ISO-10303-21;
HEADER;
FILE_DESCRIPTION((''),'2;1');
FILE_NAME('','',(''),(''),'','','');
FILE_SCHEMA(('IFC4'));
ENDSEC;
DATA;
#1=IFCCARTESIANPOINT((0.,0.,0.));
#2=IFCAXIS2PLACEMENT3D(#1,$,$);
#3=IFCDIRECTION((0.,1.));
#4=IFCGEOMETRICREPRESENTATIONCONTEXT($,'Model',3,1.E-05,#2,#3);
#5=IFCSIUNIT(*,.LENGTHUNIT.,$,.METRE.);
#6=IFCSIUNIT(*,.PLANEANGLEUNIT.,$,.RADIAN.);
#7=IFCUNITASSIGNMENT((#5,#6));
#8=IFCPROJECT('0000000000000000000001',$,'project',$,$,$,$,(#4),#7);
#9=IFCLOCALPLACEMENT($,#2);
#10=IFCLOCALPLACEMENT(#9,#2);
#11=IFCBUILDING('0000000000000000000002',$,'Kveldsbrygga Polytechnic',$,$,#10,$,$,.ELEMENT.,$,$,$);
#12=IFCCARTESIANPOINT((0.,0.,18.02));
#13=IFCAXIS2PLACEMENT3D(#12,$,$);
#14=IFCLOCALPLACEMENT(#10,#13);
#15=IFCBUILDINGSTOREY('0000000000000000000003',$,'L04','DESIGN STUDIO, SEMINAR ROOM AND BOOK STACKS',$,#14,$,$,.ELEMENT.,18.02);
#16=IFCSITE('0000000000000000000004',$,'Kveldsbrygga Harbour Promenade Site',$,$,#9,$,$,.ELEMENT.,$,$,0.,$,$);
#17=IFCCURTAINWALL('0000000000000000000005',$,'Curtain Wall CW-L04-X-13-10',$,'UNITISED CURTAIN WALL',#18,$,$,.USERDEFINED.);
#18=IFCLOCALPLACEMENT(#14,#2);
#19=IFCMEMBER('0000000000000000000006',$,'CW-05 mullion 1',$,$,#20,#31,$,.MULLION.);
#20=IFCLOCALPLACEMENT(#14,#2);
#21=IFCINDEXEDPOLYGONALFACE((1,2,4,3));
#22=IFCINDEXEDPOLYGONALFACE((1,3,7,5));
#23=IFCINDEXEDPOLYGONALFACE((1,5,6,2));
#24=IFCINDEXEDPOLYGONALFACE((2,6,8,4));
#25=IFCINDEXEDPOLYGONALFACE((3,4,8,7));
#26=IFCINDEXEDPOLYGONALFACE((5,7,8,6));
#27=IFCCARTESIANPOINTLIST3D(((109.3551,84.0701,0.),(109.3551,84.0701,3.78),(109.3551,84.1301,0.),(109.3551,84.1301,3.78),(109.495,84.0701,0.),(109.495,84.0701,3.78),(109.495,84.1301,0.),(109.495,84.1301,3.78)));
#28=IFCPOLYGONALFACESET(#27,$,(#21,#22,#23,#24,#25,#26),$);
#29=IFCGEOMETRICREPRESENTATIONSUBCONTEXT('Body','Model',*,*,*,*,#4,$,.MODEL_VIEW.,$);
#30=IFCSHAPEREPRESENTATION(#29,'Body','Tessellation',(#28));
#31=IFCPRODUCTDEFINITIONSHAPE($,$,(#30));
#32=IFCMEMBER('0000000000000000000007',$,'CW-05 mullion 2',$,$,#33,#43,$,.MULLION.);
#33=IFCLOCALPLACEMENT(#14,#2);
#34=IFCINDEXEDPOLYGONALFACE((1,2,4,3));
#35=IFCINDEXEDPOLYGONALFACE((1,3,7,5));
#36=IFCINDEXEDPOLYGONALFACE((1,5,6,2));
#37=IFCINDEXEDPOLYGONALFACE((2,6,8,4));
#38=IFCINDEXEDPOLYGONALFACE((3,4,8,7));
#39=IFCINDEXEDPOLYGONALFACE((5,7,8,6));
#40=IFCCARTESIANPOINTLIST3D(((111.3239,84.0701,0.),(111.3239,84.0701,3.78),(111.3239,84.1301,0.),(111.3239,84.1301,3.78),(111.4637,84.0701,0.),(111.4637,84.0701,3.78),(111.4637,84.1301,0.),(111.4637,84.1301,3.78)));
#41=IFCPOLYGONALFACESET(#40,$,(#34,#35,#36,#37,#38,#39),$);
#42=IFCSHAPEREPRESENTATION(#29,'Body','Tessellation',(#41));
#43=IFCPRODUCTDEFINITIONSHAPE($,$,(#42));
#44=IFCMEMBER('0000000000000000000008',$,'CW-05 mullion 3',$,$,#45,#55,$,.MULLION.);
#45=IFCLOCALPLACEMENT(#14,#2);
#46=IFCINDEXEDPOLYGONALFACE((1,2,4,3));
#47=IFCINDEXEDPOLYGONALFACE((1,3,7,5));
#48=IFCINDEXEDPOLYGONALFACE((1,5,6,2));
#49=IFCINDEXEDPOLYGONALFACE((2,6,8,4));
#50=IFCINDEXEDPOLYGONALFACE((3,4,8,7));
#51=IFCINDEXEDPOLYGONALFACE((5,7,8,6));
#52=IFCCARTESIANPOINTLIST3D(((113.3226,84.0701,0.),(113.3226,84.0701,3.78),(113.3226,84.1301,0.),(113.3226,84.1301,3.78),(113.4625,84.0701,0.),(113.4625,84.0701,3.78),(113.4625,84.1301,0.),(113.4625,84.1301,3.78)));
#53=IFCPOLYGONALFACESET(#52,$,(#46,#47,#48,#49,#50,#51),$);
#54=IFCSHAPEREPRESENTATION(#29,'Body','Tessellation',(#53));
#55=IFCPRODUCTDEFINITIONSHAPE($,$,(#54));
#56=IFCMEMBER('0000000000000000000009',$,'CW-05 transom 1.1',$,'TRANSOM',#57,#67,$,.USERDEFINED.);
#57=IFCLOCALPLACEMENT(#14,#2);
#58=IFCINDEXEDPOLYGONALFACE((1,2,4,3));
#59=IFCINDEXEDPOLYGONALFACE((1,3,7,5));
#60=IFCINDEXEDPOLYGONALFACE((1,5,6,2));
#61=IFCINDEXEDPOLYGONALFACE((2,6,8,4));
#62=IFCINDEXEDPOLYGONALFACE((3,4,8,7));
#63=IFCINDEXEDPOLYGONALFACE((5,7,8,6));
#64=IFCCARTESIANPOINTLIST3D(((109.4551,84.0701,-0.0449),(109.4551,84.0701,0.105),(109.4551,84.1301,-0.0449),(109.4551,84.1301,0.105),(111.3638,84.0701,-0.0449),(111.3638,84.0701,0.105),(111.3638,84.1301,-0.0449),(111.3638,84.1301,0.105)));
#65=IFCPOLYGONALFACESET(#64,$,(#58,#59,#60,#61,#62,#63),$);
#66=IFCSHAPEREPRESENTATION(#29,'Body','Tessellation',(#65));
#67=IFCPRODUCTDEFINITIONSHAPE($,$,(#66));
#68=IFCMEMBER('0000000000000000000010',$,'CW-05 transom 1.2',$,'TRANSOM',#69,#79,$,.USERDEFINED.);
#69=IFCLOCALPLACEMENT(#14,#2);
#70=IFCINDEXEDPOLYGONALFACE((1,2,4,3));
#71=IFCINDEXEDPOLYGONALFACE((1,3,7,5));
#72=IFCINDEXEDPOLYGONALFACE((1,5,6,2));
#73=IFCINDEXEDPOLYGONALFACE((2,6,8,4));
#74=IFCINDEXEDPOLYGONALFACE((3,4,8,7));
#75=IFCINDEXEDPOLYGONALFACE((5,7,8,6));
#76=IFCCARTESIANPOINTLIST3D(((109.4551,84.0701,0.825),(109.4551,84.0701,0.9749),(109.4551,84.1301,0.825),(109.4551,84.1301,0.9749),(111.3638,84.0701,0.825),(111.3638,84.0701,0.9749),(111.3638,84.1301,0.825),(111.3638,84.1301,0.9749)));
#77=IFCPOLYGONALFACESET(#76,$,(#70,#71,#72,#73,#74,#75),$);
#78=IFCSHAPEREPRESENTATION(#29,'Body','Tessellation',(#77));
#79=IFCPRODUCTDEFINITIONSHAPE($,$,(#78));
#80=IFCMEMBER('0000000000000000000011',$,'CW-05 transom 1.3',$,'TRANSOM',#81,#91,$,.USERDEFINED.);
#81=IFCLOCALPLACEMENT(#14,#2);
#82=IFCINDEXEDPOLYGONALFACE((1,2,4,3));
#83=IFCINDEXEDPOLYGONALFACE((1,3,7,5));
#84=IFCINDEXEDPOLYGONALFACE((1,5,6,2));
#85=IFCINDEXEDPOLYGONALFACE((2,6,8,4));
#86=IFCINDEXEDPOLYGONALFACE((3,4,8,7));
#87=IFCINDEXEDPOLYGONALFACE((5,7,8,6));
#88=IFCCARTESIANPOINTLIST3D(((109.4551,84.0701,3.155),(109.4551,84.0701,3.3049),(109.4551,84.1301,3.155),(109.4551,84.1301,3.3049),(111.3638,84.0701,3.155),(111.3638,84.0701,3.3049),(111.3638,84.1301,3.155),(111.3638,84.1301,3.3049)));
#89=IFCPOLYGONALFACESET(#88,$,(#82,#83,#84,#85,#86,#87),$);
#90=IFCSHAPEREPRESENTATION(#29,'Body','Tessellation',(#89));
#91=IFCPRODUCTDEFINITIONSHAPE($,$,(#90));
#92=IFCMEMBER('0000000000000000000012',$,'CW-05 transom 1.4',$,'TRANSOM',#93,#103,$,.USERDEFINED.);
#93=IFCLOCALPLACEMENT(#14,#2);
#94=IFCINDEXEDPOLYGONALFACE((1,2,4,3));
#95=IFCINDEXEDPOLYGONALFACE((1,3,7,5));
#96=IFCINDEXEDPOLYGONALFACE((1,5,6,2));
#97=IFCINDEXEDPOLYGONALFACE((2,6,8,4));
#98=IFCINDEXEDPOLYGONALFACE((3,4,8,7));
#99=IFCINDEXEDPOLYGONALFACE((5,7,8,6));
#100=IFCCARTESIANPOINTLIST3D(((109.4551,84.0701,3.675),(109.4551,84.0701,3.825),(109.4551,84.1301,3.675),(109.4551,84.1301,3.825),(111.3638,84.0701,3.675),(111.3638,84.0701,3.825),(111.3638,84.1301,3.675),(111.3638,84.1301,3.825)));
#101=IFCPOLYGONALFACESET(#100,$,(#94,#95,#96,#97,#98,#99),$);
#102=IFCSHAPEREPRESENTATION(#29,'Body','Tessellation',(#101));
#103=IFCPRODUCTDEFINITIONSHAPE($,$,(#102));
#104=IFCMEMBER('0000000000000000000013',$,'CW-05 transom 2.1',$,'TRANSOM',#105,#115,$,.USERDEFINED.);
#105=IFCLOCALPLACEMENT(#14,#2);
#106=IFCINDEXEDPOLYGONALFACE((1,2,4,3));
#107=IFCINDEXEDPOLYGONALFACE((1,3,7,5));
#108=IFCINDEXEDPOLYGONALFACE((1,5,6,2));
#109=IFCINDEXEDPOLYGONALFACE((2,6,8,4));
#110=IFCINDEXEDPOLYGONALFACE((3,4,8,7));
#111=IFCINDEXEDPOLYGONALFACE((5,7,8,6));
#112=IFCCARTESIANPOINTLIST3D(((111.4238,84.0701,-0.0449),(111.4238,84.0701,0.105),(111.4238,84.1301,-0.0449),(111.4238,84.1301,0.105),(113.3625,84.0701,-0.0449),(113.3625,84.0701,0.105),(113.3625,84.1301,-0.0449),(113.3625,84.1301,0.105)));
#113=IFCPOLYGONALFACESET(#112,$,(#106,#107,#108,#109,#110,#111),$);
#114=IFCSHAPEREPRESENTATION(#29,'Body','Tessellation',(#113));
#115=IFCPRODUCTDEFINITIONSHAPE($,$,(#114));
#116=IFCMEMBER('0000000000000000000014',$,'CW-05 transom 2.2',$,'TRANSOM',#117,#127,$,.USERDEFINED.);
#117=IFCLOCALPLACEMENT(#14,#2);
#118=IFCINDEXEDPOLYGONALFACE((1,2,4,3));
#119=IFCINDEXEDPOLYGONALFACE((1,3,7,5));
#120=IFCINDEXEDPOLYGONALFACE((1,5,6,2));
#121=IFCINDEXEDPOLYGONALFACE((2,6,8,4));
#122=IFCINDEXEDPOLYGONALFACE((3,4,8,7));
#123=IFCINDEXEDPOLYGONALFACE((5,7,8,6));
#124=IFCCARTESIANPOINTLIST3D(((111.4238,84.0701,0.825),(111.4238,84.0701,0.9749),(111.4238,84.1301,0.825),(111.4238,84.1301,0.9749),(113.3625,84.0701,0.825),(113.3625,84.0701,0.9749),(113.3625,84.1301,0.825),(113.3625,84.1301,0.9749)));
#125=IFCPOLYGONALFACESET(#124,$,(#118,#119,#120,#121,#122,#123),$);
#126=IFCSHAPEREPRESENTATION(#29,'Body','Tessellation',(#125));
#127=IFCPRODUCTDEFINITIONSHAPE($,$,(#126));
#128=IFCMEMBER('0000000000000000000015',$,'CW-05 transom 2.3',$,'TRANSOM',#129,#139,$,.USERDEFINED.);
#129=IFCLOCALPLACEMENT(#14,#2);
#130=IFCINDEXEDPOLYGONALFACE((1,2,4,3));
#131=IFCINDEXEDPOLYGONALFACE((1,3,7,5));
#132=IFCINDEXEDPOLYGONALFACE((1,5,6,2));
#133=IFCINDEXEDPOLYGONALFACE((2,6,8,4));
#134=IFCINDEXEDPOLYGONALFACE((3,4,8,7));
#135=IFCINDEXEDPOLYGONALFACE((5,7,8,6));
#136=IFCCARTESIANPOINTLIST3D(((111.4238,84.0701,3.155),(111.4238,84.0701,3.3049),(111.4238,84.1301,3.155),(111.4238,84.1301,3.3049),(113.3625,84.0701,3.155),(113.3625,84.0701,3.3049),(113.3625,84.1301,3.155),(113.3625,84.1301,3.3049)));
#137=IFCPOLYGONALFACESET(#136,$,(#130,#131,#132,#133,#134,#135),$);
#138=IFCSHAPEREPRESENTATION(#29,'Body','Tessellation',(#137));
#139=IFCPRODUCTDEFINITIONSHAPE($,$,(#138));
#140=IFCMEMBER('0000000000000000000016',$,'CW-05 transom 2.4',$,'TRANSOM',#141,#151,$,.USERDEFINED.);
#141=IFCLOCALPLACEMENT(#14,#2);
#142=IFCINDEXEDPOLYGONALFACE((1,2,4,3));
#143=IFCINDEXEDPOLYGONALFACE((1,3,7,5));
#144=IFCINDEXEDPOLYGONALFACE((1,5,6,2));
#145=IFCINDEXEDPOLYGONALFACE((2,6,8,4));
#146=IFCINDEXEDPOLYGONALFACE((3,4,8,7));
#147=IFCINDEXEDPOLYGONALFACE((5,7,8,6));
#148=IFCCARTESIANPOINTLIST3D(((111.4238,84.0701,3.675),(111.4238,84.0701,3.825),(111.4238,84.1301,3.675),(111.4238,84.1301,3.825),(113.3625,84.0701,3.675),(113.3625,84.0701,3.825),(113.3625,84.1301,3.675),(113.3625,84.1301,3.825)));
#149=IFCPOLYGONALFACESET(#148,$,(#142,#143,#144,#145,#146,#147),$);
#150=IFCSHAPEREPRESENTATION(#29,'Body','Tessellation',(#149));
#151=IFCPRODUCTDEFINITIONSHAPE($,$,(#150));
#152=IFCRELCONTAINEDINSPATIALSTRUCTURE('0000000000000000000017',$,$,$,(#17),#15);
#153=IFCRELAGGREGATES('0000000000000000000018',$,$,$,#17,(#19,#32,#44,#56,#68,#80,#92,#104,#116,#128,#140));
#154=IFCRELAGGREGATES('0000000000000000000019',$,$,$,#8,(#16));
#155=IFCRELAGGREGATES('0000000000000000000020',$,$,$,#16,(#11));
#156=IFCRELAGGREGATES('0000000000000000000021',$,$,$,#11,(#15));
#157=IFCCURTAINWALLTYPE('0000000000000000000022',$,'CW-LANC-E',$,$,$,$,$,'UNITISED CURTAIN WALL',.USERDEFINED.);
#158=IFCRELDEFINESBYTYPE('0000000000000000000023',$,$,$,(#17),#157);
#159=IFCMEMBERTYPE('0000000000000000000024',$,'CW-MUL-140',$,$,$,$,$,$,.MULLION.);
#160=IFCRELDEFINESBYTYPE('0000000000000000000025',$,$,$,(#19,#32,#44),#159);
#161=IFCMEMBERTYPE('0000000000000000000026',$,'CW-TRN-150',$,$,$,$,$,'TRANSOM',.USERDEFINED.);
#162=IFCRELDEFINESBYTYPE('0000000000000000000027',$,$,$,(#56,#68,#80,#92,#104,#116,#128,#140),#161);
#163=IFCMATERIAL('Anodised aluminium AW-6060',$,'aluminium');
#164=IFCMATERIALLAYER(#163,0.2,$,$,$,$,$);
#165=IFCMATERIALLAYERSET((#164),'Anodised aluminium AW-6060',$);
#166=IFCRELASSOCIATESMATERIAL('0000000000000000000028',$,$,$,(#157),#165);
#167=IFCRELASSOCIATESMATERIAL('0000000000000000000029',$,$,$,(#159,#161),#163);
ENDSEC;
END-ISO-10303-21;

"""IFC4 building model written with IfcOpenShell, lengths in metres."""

from ifc_helpers import new_model, si_unit, direction, frame, origin, origin_2d, place, context, subcontext, project, spatial, rectangle, extrude, material, layer, layer_set, material_profile, profile_set, type_object, element, aggregate, save


model = new_model("IFC4")

# Units and contexts
model_context = context("Model", 3, precision=1e-05, world=origin(), true_north=direction((0.0, 1.0)))
body_context = subcontext(model_context, "Body", "Model", "MODEL_VIEW")
ifc_project = project(units=[si_unit("LENGTHUNIT", "METRE"), si_unit("PLANEANGLEUNIT", "RADIAN")], contexts=[model_context])

# Site, building, storey
site_placement = place(None, origin())
site = spatial("IfcSite", under=ifc_project, at=site_placement, Name="Kveldsbrygga Harbour Promenade Site", CompositionType="ELEMENT", RefElevation=0.0)
building_placement = place(site_placement, origin())
building = spatial("IfcBuilding", under=site, at=building_placement, Name="Kveldsbrygga Polytechnic", CompositionType="ELEMENT")
storey_placement = place(building_placement, frame((0.0, 0.0, 18.02)))
storey = spatial("IfcBuildingStorey", under=building, at=storey_placement, Name="L04", Description="DESIGN STUDIO, SEMINAR ROOM AND BOOK STACKS", CompositionType="ELEMENT", Elevation=18.02)

# Curtain wall, members
ifc_material_1 = material(Name="Anodised aluminium AW-6060", Category="aluminium")
ifc_layer_1 = layer(ifc_material_1, 0.2)
ifc_layer_set_1 = layer_set([ifc_layer_1], Name="Anodised aluminium AW-6060")
curtain_wall_type = type_object("IfcCurtainWallType", Name="CW-LANC-E", ElementType="UNITISED CURTAIN WALL", PredefinedType="USERDEFINED", material=ifc_layer_set_1)
curtain_wall_placement = place(storey_placement, origin())
curtain_wall = element("IfcCurtainWall", 1, at=curtain_wall_placement, inside=storey, type_object=curtain_wall_type, Name="Curtain Wall CW-L04-X-13-10", ObjectType="UNITISED CURTAIN WALL", PredefinedType="USERDEFINED")
ifc_material_profile_1 = material_profile(ifc_material_1, rectangle(XDim=0.0601, YDim=0.1399, at=origin_2d()), Name="ALU 60x140")
ifc_profile_set_1 = profile_set([ifc_material_profile_1], Name="Anodised aluminium AW-6060")
member_type_1 = type_object("IfcMemberType", Name="CW-MUL-140", PredefinedType="MULLION", material=ifc_profile_set_1)
member_1_placement = place(storey_placement, frame((109.425, 84.1001, 0.0), z_axis=(0.0, 0.0, 1.0), x_axis=(0.0, 1.0, 0.0)))
member_1 = element("IfcMember", 2, at=member_1_placement, type_object=member_type_1, Name="CW-05 mullion 1", PredefinedType="MULLION", context=body_context, shape_type="SweptSolid", body=[
    extrude(rectangle(XDim=0.0601, YDim=0.1399, at=origin_2d()), origin(), (0.0, 0.0, 1.0), 3.78),
])
member_2_placement = place(storey_placement, frame((111.3938, 84.1001, 0.0), z_axis=(0.0, 0.0, 1.0), x_axis=(0.0, 1.0, 0.0)))
member_2 = element("IfcMember", 3, at=member_2_placement, type_object=member_type_1, Name="CW-05 mullion 2", PredefinedType="MULLION", context=body_context, shape_type="SweptSolid", body=[
    extrude(rectangle(XDim=0.0601, YDim=0.1399, at=origin_2d()), origin(), (0.0, 0.0, 1.0), 3.78),
])
member_3_placement = place(storey_placement, frame((113.3926, 84.1001, 0.0), z_axis=(0.0, 0.0, 1.0), x_axis=(0.0, 1.0, 0.0)))
member_3 = element("IfcMember", 4, at=member_3_placement, type_object=member_type_1, Name="CW-05 mullion 3", PredefinedType="MULLION", context=body_context, shape_type="SweptSolid", body=[
    extrude(rectangle(XDim=0.0601, YDim=0.1399, at=origin_2d()), origin(), (0.0, 0.0, 1.0), 3.78),
])
ifc_material_profile_2 = material_profile(ifc_material_1, rectangle(XDim=0.0601, YDim=0.1499, at=origin_2d()), Name="ALU 60x150")
ifc_profile_set_2 = profile_set([ifc_material_profile_2], Name="Anodised aluminium AW-6060")
member_type_2 = type_object("IfcMemberType", Name="CW-TRN-150", ElementType="TRANSOM", PredefinedType="USERDEFINED", material=ifc_profile_set_2)
member_4_placement = place(storey_placement, frame((109.4551, 84.1001, 0.03), z_axis=(1.0, 0.0, 0.0), x_axis=(0.0, 1.0, 0.0)))
member_4 = element("IfcMember", 5, at=member_4_placement, type_object=member_type_2, Name="CW-05 transom 1.1", ObjectType="TRANSOM", PredefinedType="USERDEFINED", context=body_context, shape_type="SweptSolid", body=[
    extrude(rectangle(XDim=0.0601, YDim=0.1499, at=origin_2d()), origin(), (0.0, 0.0, 1.0), 1.9087),
])
member_5_placement = place(storey_placement, frame((109.4551, 84.1001, 0.8999), z_axis=(1.0, 0.0, 0.0), x_axis=(0.0, 1.0, 0.0)))
member_5 = element("IfcMember", 6, at=member_5_placement, type_object=member_type_2, Name="CW-05 transom 1.2", ObjectType="TRANSOM", PredefinedType="USERDEFINED", context=body_context, shape_type="SweptSolid", body=[
    extrude(rectangle(XDim=0.0601, YDim=0.1499, at=origin_2d()), origin(), (0.0, 0.0, 1.0), 1.9087),
])
member_6_placement = place(storey_placement, frame((109.4551, 84.1001, 3.23), z_axis=(1.0, 0.0, 0.0), x_axis=(0.0, 1.0, 0.0)))
member_6 = element("IfcMember", 7, at=member_6_placement, type_object=member_type_2, Name="CW-05 transom 1.3", ObjectType="TRANSOM", PredefinedType="USERDEFINED", context=body_context, shape_type="SweptSolid", body=[
    extrude(rectangle(XDim=0.0601, YDim=0.1499, at=origin_2d()), origin(), (0.0, 0.0, 1.0), 1.9087),
])
member_7_placement = place(storey_placement, frame((109.4551, 84.1001, 3.75), z_axis=(1.0, 0.0, 0.0), x_axis=(0.0, 1.0, 0.0)))
member_7 = element("IfcMember", 8, at=member_7_placement, type_object=member_type_2, Name="CW-05 transom 1.4", ObjectType="TRANSOM", PredefinedType="USERDEFINED", context=body_context, shape_type="SweptSolid", body=[
    extrude(rectangle(XDim=0.0601, YDim=0.1499, at=origin_2d()), origin(), (0.0, 0.0, 1.0), 1.9087),
])
member_8_placement = place(storey_placement, frame((111.4238, 84.1001, 0.03), z_axis=(1.0, 0.0, 0.0), x_axis=(0.0, 1.0, 0.0)))
member_8 = element("IfcMember", 9, at=member_8_placement, type_object=member_type_2, Name="CW-05 transom 2.1", ObjectType="TRANSOM", PredefinedType="USERDEFINED", context=body_context, shape_type="SweptSolid", body=[
    extrude(rectangle(XDim=0.0601, YDim=0.1499, at=origin_2d()), origin(), (0.0, 0.0, 1.0), 1.9387),
])
member_9_placement = place(storey_placement, frame((111.4238, 84.1001, 0.8999), z_axis=(1.0, 0.0, 0.0), x_axis=(0.0, 1.0, 0.0)))
member_9 = element("IfcMember", 10, at=member_9_placement, type_object=member_type_2, Name="CW-05 transom 2.2", ObjectType="TRANSOM", PredefinedType="USERDEFINED", context=body_context, shape_type="SweptSolid", body=[
    extrude(rectangle(XDim=0.0601, YDim=0.1499, at=origin_2d()), origin(), (0.0, 0.0, 1.0), 1.9387),
])
member_10_placement = place(storey_placement, frame((111.4238, 84.1001, 3.23), z_axis=(1.0, 0.0, 0.0), x_axis=(0.0, 1.0, 0.0)))
member_10 = element("IfcMember", 11, at=member_10_placement, type_object=member_type_2, Name="CW-05 transom 2.3", ObjectType="TRANSOM", PredefinedType="USERDEFINED", context=body_context, shape_type="SweptSolid", body=[
    extrude(rectangle(XDim=0.0601, YDim=0.1499, at=origin_2d()), origin(), (0.0, 0.0, 1.0), 1.9387),
])
member_11_placement = place(storey_placement, frame((111.4238, 84.1001, 3.75), z_axis=(1.0, 0.0, 0.0), x_axis=(0.0, 1.0, 0.0)))
member_11 = element("IfcMember", 12, at=member_11_placement, type_object=member_type_2, Name="CW-05 transom 2.4", ObjectType="TRANSOM", PredefinedType="USERDEFINED", context=body_context, shape_type="SweptSolid", body=[
    extrude(rectangle(XDim=0.0601, YDim=0.1499, at=origin_2d()), origin(), (0.0, 0.0, 1.0), 1.9387),
])

aggregate(curtain_wall, [member_1, member_2, member_3, member_4, member_5, member_6, member_7, member_8, member_9, member_10, member_11])

save(model, "model.ifc")
